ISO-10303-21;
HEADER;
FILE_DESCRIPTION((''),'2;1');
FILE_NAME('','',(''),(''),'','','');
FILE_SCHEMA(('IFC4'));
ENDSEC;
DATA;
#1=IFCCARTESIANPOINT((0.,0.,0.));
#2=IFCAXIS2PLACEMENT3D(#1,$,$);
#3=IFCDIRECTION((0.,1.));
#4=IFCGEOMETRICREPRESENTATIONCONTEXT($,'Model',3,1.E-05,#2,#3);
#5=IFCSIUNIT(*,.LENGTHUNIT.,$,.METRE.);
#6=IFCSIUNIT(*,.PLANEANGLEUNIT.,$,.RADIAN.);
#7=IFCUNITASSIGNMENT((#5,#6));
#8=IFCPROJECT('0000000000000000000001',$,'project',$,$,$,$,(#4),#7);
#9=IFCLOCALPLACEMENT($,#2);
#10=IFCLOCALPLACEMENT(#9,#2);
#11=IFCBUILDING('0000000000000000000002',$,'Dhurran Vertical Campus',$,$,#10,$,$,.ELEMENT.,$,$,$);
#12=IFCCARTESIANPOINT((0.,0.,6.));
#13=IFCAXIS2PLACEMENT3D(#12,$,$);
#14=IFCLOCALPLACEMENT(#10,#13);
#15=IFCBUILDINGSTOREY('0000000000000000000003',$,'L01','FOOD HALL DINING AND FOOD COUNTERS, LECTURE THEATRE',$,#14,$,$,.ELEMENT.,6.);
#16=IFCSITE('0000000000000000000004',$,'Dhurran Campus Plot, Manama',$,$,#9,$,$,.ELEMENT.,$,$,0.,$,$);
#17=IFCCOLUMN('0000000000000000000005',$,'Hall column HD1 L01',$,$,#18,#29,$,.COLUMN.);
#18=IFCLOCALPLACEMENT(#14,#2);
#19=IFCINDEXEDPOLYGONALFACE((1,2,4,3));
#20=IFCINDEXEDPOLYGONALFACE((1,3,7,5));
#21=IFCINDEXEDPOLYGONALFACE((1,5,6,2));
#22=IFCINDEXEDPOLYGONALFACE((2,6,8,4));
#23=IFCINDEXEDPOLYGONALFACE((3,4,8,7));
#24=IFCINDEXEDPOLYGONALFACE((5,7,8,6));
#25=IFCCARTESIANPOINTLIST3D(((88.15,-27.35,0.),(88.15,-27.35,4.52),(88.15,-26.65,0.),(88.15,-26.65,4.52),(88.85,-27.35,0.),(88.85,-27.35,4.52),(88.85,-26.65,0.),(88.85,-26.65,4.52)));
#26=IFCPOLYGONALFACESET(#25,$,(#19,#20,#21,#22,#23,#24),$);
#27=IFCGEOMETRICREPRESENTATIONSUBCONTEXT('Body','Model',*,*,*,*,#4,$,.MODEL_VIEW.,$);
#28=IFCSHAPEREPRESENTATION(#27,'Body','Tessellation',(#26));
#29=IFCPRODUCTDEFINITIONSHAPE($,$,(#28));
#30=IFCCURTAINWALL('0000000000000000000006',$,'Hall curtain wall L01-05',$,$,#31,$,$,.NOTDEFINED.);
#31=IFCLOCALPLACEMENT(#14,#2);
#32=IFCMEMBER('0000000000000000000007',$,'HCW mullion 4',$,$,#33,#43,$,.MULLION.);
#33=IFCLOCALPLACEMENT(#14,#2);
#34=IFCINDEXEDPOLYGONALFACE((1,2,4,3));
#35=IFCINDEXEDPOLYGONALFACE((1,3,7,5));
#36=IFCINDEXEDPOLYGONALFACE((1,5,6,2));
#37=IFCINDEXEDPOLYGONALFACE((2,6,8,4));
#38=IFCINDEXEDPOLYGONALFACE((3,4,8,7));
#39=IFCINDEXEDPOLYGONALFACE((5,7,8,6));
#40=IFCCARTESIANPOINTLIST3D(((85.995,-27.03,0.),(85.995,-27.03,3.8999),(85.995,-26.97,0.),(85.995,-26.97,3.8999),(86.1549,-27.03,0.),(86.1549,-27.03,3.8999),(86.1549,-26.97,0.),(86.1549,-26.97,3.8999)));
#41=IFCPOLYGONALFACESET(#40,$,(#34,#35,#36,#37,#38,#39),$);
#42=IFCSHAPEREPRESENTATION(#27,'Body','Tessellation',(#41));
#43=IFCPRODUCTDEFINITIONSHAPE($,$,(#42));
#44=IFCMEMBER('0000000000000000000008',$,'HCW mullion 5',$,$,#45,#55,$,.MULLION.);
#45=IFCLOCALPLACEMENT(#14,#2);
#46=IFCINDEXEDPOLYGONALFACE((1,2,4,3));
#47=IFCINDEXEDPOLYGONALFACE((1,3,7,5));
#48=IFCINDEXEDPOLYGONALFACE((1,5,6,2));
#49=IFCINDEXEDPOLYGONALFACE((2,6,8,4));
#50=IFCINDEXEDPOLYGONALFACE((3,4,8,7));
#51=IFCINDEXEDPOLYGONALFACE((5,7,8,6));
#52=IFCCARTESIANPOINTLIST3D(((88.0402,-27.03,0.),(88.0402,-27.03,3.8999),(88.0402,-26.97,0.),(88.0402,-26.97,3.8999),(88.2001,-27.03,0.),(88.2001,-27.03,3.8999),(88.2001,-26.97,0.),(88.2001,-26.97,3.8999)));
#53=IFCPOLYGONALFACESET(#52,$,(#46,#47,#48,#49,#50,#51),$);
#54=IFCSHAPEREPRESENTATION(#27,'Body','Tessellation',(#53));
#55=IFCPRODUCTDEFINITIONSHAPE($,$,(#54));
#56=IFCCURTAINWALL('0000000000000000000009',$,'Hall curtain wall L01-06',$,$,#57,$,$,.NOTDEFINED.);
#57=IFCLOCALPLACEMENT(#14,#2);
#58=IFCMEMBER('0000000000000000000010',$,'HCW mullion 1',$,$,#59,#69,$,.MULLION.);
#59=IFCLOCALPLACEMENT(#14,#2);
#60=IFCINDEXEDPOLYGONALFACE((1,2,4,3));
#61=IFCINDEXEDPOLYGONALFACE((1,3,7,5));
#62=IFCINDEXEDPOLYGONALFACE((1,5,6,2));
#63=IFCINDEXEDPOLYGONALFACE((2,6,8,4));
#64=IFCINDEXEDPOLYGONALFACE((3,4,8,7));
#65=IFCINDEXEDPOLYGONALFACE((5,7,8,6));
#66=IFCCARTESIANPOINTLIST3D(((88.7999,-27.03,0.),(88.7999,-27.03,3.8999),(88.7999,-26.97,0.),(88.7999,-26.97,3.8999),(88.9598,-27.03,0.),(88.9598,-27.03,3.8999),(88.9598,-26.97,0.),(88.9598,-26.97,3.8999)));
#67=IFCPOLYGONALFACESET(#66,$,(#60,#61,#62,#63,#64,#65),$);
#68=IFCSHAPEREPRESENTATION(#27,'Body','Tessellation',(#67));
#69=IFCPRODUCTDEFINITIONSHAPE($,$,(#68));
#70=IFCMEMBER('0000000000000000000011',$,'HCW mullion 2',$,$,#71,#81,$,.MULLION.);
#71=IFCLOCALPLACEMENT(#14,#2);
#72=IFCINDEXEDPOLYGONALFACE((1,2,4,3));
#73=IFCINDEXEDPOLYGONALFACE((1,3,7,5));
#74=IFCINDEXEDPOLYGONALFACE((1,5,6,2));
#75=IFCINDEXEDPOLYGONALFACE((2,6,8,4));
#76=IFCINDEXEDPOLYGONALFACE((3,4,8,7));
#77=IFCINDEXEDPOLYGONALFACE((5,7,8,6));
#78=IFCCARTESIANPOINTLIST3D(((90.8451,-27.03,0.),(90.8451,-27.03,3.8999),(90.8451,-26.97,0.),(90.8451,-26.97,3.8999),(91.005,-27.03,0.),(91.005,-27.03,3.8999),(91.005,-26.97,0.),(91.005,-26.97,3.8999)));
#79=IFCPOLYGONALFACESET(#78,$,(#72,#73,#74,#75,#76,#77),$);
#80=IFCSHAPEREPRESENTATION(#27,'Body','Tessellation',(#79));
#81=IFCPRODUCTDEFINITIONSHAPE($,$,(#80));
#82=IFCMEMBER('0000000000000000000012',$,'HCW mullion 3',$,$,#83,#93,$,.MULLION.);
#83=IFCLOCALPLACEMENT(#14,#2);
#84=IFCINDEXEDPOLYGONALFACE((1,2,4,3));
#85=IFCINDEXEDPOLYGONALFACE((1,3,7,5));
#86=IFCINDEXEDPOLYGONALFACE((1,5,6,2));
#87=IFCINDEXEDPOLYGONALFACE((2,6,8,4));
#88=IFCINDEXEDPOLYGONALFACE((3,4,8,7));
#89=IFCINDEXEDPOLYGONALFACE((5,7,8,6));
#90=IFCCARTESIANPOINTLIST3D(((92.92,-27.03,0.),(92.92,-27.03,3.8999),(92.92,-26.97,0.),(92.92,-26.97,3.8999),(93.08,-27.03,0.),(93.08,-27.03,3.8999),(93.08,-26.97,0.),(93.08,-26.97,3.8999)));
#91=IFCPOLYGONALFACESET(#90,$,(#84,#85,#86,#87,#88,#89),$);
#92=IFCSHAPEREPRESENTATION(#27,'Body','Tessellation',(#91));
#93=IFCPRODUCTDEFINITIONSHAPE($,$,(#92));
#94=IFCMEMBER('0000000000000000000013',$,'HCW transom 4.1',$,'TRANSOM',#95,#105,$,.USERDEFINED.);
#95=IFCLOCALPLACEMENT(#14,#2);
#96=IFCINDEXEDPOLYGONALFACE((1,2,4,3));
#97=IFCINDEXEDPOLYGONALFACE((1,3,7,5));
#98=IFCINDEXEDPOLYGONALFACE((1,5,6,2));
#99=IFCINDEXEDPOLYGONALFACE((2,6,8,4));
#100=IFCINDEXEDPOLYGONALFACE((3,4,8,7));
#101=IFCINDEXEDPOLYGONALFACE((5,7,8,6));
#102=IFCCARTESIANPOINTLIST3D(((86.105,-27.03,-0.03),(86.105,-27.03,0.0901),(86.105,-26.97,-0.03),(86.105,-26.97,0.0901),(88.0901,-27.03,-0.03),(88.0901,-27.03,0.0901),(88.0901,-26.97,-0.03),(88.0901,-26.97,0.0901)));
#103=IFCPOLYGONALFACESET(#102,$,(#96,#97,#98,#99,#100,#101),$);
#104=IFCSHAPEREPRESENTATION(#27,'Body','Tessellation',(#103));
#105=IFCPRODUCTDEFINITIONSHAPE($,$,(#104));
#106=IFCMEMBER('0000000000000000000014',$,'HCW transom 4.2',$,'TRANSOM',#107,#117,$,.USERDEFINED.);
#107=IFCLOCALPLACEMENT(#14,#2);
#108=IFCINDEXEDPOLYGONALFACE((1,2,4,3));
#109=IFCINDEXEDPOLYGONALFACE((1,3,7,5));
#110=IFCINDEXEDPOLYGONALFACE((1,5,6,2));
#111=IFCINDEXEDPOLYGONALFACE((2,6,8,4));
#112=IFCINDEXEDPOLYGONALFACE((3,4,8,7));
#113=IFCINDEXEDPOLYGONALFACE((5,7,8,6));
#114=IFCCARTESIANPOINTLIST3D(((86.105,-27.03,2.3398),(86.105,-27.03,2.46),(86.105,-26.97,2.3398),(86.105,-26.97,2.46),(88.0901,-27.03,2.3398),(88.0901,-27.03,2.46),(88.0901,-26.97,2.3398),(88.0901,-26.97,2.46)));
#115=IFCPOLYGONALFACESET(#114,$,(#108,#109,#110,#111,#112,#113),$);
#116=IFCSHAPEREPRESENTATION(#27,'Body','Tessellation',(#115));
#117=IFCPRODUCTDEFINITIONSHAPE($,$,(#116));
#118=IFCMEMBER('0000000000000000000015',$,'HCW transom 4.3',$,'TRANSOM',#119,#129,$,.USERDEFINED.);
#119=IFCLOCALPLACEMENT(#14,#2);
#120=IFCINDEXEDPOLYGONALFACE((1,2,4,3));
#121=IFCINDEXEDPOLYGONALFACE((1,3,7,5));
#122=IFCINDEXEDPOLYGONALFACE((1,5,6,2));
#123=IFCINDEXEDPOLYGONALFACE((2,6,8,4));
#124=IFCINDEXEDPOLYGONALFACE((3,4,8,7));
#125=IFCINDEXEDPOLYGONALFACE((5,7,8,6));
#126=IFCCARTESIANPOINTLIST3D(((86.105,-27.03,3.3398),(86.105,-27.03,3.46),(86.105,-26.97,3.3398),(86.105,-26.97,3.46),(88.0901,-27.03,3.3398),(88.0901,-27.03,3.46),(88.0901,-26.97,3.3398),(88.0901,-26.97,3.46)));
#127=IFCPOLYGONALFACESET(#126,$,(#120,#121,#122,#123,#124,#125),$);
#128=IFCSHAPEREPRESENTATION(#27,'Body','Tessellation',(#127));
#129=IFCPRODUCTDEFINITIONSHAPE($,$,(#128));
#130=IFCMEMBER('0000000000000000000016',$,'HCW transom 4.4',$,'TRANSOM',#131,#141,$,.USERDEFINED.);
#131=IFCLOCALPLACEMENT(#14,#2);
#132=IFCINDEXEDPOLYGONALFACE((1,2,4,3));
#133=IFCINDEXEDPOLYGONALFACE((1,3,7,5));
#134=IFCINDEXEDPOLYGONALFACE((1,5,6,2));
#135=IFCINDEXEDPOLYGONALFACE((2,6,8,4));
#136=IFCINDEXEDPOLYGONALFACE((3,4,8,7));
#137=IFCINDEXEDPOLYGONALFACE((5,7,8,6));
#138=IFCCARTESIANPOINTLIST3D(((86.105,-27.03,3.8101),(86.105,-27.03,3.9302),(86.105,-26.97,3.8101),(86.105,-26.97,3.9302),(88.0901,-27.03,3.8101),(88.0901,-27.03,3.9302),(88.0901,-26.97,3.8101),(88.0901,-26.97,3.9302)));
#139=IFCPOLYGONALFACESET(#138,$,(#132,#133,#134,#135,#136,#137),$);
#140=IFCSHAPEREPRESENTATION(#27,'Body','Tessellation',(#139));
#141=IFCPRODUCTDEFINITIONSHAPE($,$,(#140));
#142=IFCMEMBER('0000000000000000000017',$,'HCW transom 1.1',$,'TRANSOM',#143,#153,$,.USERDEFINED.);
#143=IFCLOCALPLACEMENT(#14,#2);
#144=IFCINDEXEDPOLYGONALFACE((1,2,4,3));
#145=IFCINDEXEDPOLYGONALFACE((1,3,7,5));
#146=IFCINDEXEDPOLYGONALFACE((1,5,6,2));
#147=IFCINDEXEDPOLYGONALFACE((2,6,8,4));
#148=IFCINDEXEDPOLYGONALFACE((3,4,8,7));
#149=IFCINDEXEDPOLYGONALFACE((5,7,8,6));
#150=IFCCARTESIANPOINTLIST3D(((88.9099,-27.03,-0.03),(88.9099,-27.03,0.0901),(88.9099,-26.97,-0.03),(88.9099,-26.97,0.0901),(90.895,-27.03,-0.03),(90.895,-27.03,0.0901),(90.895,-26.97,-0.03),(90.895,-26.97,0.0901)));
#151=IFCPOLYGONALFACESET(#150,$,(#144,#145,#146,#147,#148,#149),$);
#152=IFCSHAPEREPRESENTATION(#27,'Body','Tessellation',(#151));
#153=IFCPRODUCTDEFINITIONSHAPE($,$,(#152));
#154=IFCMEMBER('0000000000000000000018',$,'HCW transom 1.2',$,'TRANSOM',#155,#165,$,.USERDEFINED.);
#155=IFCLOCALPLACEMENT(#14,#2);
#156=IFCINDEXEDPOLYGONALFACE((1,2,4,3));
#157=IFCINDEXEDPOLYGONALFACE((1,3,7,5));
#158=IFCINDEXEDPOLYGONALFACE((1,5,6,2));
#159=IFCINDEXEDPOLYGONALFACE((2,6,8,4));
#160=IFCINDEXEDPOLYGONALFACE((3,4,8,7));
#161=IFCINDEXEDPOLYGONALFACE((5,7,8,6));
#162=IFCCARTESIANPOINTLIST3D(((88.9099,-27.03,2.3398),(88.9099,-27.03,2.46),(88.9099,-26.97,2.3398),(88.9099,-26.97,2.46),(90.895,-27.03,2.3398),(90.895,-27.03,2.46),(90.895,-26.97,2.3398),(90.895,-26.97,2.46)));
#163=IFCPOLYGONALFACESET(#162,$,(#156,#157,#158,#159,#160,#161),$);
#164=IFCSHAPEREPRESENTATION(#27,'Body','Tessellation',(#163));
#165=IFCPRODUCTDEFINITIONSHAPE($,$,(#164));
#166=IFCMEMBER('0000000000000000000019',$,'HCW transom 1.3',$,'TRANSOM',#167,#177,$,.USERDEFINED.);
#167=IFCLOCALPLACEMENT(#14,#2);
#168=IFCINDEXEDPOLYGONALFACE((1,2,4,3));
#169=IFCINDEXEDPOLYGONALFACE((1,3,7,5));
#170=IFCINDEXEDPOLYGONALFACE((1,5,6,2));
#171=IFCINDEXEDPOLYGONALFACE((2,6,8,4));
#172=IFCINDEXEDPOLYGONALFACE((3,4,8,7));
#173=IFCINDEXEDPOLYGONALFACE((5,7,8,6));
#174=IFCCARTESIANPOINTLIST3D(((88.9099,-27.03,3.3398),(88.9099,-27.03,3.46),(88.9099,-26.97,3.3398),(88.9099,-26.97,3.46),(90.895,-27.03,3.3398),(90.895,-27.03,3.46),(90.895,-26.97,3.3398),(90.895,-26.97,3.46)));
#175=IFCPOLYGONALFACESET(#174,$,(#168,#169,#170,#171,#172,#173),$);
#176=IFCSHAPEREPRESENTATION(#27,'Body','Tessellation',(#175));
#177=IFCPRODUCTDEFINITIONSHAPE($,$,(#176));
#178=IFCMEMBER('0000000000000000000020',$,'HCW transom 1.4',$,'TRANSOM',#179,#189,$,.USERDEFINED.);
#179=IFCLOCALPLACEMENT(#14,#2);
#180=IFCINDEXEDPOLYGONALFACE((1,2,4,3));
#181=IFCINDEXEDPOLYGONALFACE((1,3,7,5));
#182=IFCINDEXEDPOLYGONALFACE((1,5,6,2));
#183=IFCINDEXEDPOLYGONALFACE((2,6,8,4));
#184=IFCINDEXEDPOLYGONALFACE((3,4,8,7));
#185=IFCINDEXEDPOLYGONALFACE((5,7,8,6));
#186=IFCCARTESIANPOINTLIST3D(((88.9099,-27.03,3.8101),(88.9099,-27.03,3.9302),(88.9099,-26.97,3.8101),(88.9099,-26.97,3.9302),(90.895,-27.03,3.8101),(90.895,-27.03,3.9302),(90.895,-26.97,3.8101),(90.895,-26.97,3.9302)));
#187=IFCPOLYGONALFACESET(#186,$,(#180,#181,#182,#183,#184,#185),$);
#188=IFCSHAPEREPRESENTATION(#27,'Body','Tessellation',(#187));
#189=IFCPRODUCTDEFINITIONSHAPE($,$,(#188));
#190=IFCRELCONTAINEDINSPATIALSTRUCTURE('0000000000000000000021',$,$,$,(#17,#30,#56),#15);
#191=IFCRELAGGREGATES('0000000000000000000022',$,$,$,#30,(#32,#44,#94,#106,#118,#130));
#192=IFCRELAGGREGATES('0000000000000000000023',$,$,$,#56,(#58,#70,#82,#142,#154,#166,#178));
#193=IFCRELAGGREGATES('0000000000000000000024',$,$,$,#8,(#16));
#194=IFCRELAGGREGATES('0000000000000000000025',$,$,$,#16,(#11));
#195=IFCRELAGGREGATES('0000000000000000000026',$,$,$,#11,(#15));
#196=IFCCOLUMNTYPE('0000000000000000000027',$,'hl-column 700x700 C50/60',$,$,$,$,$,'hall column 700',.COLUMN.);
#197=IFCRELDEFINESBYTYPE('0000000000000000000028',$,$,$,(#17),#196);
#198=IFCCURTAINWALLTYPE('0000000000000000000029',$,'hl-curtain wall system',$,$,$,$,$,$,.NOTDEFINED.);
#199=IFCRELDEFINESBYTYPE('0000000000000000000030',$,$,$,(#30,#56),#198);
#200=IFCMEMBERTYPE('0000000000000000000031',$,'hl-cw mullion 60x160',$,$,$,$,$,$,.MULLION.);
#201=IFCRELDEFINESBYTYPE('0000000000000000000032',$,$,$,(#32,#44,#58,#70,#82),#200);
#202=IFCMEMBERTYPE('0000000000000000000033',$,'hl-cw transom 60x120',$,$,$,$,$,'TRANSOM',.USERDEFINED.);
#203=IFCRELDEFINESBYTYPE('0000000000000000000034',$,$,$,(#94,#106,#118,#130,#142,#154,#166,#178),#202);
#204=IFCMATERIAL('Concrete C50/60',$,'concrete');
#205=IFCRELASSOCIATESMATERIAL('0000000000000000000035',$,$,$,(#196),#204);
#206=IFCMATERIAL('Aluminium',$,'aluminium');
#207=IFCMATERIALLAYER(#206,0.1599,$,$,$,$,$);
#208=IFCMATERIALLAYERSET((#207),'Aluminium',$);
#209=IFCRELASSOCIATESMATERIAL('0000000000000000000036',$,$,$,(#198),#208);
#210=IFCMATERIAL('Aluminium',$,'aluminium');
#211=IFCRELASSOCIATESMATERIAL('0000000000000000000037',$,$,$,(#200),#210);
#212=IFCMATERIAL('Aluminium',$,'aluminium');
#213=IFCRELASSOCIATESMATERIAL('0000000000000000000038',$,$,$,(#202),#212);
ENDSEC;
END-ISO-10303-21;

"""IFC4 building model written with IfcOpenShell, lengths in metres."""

from ifc_helpers import new_model, si_unit, direction, frame, origin, origin_2d, place, context, subcontext, project, spatial, rectangle, extrude, material, layer, layer_set, material_profile, profile_set, type_object, element, aggregate, save


model = new_model("IFC4")

# Units and contexts
model_context = context("Model", 3, precision=1e-05, world=origin(), true_north=direction((0.0, 1.0)))
body_context = subcontext(model_context, "Body", "Model", "MODEL_VIEW")
ifc_project = project(units=[si_unit("LENGTHUNIT", "METRE"), si_unit("PLANEANGLEUNIT", "RADIAN")], contexts=[model_context])

# Site, building, storey
site_placement = place(None, origin())
site = spatial("IfcSite", under=ifc_project, at=site_placement, Name="Dhurran Campus Plot, Manama", CompositionType="ELEMENT", RefElevation=0.0)
building_placement = place(site_placement, origin())
building = spatial("IfcBuilding", under=site, at=building_placement, Name="Dhurran Vertical Campus", CompositionType="ELEMENT")
storey_placement = place(building_placement, frame((0.0, 0.0, 6.0)))
storey = spatial("IfcBuildingStorey", under=building, at=storey_placement, Name="L01", Description="FOOD HALL DINING AND FOOD COUNTERS, LECTURE THEATRE", CompositionType="ELEMENT", Elevation=6.0)

# Column
ifc_material_1 = material(Name="Concrete C50/60", Category="concrete")
ifc_material_profile_1 = material_profile(ifc_material_1, rectangle(XDim=0.7, YDim=0.7, at=origin_2d()), Name="hl-column 700x700 C50/60")
ifc_profile_set_1 = profile_set([ifc_material_profile_1], Name="Concrete C50/60")
column_type = type_object("IfcColumnType", Name="hl-column 700x700 C50/60", ElementType="hall column 700", PredefinedType="COLUMN", material=ifc_profile_set_1)
column_placement = place(storey_placement, frame((88.5, -27.0, 0.0), z_axis=(0.0, 0.0, 1.0), x_axis=(1.0, 0.0, 0.0)))
element("IfcColumn", 1, at=column_placement, inside=storey, type_object=column_type, Name="Hall column HD1 L01", PredefinedType="COLUMN", context=body_context, shape_type="SweptSolid", body=[
    extrude(rectangle(XDim=0.7, YDim=0.7, at=origin_2d()), origin(), (0.0, 0.0, 1.0), 4.52),
])

# Curtain walls, members
ifc_material_2 = material(Name="Aluminium", Category="aluminium")
ifc_layer_1 = layer(ifc_material_2, 0.1599)
ifc_layer_set_1 = layer_set([ifc_layer_1], Name="Aluminium")
curtain_wall_type = type_object("IfcCurtainWallType", Name="hl-curtain wall system", PredefinedType="NOTDEFINED", material=ifc_layer_set_1)
curtain_wall_1_placement = place(storey_placement, origin())
curtain_wall_1 = element("IfcCurtainWall", 2, at=curtain_wall_1_placement, inside=storey, type_object=curtain_wall_type, Name="Hall curtain wall L01-05", PredefinedType="NOTDEFINED")
ifc_material_3 = material(Name="Aluminium", Category="aluminium")
ifc_material_profile_2 = material_profile(ifc_material_3, rectangle(XDim=0.0601, YDim=0.1599, at=origin_2d()), Name="hl-cw mullion 60x160")
ifc_profile_set_2 = profile_set([ifc_material_profile_2], Name="Aluminium")
member_type_1 = type_object("IfcMemberType", Name="hl-cw mullion 60x160", PredefinedType="MULLION", material=ifc_profile_set_2)
member_1_placement = place(storey_placement, frame((86.075, -27.0, 0.0), z_axis=(0.0, 0.0, 1.0), x_axis=(0.0, 1.0, 0.0)))
member_1 = element("IfcMember", 3, at=member_1_placement, type_object=member_type_1, Name="HCW mullion 4", PredefinedType="MULLION", context=body_context, shape_type="SweptSolid", body=[
    extrude(rectangle(XDim=0.0601, YDim=0.1599, at=origin_2d()), origin(), (0.0, 0.0, 1.0), 3.8999),
])
member_2_placement = place(storey_placement, frame((88.1201, -27.0, 0.0), z_axis=(0.0, 0.0, 1.0), x_axis=(0.0, 1.0, 0.0)))
member_2 = element("IfcMember", 4, at=member_2_placement, type_object=member_type_1, Name="HCW mullion 5", PredefinedType="MULLION", context=body_context, shape_type="SweptSolid", body=[
    extrude(rectangle(XDim=0.0601, YDim=0.1599, at=origin_2d()), origin(), (0.0, 0.0, 1.0), 3.8999),
])
curtain_wall_2_placement = place(storey_placement, origin())
curtain_wall_2 = element("IfcCurtainWall", 5, at=curtain_wall_2_placement, inside=storey, type_object=curtain_wall_type, Name="Hall curtain wall L01-06", PredefinedType="NOTDEFINED")
member_3_placement = place(storey_placement, frame((88.8799, -27.0, 0.0), z_axis=(0.0, 0.0, 1.0), x_axis=(0.0, 1.0, 0.0)))
member_3 = element("IfcMember", 6, at=member_3_placement, type_object=member_type_1, Name="HCW mullion 1", PredefinedType="MULLION", context=body_context, shape_type="SweptSolid", body=[
    extrude(rectangle(XDim=0.0601, YDim=0.1599, at=origin_2d()), origin(), (0.0, 0.0, 1.0), 3.8999),
])
member_4_placement = place(storey_placement, frame((90.925, -27.0, 0.0), z_axis=(0.0, 0.0, 1.0), x_axis=(0.0, 1.0, 0.0)))
member_4 = element("IfcMember", 7, at=member_4_placement, type_object=member_type_1, Name="HCW mullion 2", PredefinedType="MULLION", context=body_context, shape_type="SweptSolid", body=[
    extrude(rectangle(XDim=0.0601, YDim=0.1599, at=origin_2d()), origin(), (0.0, 0.0, 1.0), 3.8999),
])
member_5_placement = place(storey_placement, frame((93.0, -27.0, 0.0), z_axis=(0.0, 0.0, 1.0), x_axis=(0.0, 1.0, 0.0)))
member_5 = element("IfcMember", 8, at=member_5_placement, type_object=member_type_1, Name="HCW mullion 3", PredefinedType="MULLION", context=body_context, shape_type="SweptSolid", body=[
    extrude(rectangle(XDim=0.0601, YDim=0.1599, at=origin_2d()), origin(), (0.0, 0.0, 1.0), 3.8999),
])

# Members
ifc_material_4 = material(Name="Aluminium", Category="aluminium")
ifc_material_profile_3 = material_profile(ifc_material_4, rectangle(XDim=0.0601, YDim=0.1201, at=origin_2d()), Name="hl-cw transom 60x120")
ifc_profile_set_3 = profile_set([ifc_material_profile_3], Name="Aluminium")
member_type_2 = type_object("IfcMemberType", Name="hl-cw transom 60x120", ElementType="TRANSOM", PredefinedType="USERDEFINED", material=ifc_profile_set_3)
member_6_placement = place(storey_placement, frame((86.105, -27.0, 0.03), z_axis=(1.0, 0.0, 0.0), x_axis=(0.0, 1.0, 0.0)))
member_6 = element("IfcMember", 9, at=member_6_placement, type_object=member_type_2, Name="HCW transom 4.1", ObjectType="TRANSOM", PredefinedType="USERDEFINED", context=body_context, shape_type="SweptSolid", body=[
    extrude(rectangle(XDim=0.0601, YDim=0.1201, at=origin_2d()), origin(), (0.0, 0.0, 1.0), 1.9851),
])
member_7_placement = place(storey_placement, frame((86.105, -27.0, 2.3999), z_axis=(1.0, 0.0, 0.0), x_axis=(0.0, 1.0, 0.0)))
member_7 = element("IfcMember", 10, at=member_7_placement, type_object=member_type_2, Name="HCW transom 4.2", ObjectType="TRANSOM", PredefinedType="USERDEFINED", context=body_context, shape_type="SweptSolid", body=[
    extrude(rectangle(XDim=0.0601, YDim=0.1201, at=origin_2d()), origin(), (0.0, 0.0, 1.0), 1.9851),
])
member_8_placement = place(storey_placement, frame((86.105, -27.0, 3.3999), z_axis=(1.0, 0.0, 0.0), x_axis=(0.0, 1.0, 0.0)))
member_8 = element("IfcMember", 11, at=member_8_placement, type_object=member_type_2, Name="HCW transom 4.3", ObjectType="TRANSOM", PredefinedType="USERDEFINED", context=body_context, shape_type="SweptSolid", body=[
    extrude(rectangle(XDim=0.0601, YDim=0.1201, at=origin_2d()), origin(), (0.0, 0.0, 1.0), 1.9851),
])
member_9_placement = place(storey_placement, frame((86.105, -27.0, 3.8701), z_axis=(1.0, 0.0, 0.0), x_axis=(0.0, 1.0, 0.0)))
member_9 = element("IfcMember", 12, at=member_9_placement, type_object=member_type_2, Name="HCW transom 4.4", ObjectType="TRANSOM", PredefinedType="USERDEFINED", context=body_context, shape_type="SweptSolid", body=[
    extrude(rectangle(XDim=0.0601, YDim=0.1201, at=origin_2d()), origin(), (0.0, 0.0, 1.0), 1.9851),
])
member_10_placement = place(storey_placement, frame((88.9099, -27.0, 0.03), z_axis=(1.0, 0.0, 0.0), x_axis=(0.0, 1.0, 0.0)))
member_10 = element("IfcMember", 13, at=member_10_placement, type_object=member_type_2, Name="HCW transom 1.1", ObjectType="TRANSOM", PredefinedType="USERDEFINED", context=body_context, shape_type="SweptSolid", body=[
    extrude(rectangle(XDim=0.0601, YDim=0.1201, at=origin_2d()), origin(), (0.0, 0.0, 1.0), 1.9851),
])
member_11_placement = place(storey_placement, frame((88.9099, -27.0, 2.3999), z_axis=(1.0, 0.0, 0.0), x_axis=(0.0, 1.0, 0.0)))
member_11 = element("IfcMember", 14, at=member_11_placement, type_object=member_type_2, Name="HCW transom 1.2", ObjectType="TRANSOM", PredefinedType="USERDEFINED", context=body_context, shape_type="SweptSolid", body=[
    extrude(rectangle(XDim=0.0601, YDim=0.1201, at=origin_2d()), origin(), (0.0, 0.0, 1.0), 1.9851),
])
member_12_placement = place(storey_placement, frame((88.9099, -27.0, 3.3999), z_axis=(1.0, 0.0, 0.0), x_axis=(0.0, 1.0, 0.0)))
member_12 = element("IfcMember", 15, at=member_12_placement, type_object=member_type_2, Name="HCW transom 1.3", ObjectType="TRANSOM", PredefinedType="USERDEFINED", context=body_context, shape_type="SweptSolid", body=[
    extrude(rectangle(XDim=0.0601, YDim=0.1201, at=origin_2d()), origin(), (0.0, 0.0, 1.0), 1.9851),
])
member_13_placement = place(storey_placement, frame((88.9099, -27.0, 3.8701), z_axis=(1.0, 0.0, 0.0), x_axis=(0.0, 1.0, 0.0)))
member_13 = element("IfcMember", 16, at=member_13_placement, type_object=member_type_2, Name="HCW transom 1.4", ObjectType="TRANSOM", PredefinedType="USERDEFINED", context=body_context, shape_type="SweptSolid", body=[
    extrude(rectangle(XDim=0.0601, YDim=0.1201, at=origin_2d()), origin(), (0.0, 0.0, 1.0), 1.9851),
])

aggregate(curtain_wall_1, [member_1, member_2, member_6, member_7, member_8, member_9])
aggregate(curtain_wall_2, [member_3, member_4, member_5, member_10, member_11, member_12, member_13])

save(model, "model.ifc")
